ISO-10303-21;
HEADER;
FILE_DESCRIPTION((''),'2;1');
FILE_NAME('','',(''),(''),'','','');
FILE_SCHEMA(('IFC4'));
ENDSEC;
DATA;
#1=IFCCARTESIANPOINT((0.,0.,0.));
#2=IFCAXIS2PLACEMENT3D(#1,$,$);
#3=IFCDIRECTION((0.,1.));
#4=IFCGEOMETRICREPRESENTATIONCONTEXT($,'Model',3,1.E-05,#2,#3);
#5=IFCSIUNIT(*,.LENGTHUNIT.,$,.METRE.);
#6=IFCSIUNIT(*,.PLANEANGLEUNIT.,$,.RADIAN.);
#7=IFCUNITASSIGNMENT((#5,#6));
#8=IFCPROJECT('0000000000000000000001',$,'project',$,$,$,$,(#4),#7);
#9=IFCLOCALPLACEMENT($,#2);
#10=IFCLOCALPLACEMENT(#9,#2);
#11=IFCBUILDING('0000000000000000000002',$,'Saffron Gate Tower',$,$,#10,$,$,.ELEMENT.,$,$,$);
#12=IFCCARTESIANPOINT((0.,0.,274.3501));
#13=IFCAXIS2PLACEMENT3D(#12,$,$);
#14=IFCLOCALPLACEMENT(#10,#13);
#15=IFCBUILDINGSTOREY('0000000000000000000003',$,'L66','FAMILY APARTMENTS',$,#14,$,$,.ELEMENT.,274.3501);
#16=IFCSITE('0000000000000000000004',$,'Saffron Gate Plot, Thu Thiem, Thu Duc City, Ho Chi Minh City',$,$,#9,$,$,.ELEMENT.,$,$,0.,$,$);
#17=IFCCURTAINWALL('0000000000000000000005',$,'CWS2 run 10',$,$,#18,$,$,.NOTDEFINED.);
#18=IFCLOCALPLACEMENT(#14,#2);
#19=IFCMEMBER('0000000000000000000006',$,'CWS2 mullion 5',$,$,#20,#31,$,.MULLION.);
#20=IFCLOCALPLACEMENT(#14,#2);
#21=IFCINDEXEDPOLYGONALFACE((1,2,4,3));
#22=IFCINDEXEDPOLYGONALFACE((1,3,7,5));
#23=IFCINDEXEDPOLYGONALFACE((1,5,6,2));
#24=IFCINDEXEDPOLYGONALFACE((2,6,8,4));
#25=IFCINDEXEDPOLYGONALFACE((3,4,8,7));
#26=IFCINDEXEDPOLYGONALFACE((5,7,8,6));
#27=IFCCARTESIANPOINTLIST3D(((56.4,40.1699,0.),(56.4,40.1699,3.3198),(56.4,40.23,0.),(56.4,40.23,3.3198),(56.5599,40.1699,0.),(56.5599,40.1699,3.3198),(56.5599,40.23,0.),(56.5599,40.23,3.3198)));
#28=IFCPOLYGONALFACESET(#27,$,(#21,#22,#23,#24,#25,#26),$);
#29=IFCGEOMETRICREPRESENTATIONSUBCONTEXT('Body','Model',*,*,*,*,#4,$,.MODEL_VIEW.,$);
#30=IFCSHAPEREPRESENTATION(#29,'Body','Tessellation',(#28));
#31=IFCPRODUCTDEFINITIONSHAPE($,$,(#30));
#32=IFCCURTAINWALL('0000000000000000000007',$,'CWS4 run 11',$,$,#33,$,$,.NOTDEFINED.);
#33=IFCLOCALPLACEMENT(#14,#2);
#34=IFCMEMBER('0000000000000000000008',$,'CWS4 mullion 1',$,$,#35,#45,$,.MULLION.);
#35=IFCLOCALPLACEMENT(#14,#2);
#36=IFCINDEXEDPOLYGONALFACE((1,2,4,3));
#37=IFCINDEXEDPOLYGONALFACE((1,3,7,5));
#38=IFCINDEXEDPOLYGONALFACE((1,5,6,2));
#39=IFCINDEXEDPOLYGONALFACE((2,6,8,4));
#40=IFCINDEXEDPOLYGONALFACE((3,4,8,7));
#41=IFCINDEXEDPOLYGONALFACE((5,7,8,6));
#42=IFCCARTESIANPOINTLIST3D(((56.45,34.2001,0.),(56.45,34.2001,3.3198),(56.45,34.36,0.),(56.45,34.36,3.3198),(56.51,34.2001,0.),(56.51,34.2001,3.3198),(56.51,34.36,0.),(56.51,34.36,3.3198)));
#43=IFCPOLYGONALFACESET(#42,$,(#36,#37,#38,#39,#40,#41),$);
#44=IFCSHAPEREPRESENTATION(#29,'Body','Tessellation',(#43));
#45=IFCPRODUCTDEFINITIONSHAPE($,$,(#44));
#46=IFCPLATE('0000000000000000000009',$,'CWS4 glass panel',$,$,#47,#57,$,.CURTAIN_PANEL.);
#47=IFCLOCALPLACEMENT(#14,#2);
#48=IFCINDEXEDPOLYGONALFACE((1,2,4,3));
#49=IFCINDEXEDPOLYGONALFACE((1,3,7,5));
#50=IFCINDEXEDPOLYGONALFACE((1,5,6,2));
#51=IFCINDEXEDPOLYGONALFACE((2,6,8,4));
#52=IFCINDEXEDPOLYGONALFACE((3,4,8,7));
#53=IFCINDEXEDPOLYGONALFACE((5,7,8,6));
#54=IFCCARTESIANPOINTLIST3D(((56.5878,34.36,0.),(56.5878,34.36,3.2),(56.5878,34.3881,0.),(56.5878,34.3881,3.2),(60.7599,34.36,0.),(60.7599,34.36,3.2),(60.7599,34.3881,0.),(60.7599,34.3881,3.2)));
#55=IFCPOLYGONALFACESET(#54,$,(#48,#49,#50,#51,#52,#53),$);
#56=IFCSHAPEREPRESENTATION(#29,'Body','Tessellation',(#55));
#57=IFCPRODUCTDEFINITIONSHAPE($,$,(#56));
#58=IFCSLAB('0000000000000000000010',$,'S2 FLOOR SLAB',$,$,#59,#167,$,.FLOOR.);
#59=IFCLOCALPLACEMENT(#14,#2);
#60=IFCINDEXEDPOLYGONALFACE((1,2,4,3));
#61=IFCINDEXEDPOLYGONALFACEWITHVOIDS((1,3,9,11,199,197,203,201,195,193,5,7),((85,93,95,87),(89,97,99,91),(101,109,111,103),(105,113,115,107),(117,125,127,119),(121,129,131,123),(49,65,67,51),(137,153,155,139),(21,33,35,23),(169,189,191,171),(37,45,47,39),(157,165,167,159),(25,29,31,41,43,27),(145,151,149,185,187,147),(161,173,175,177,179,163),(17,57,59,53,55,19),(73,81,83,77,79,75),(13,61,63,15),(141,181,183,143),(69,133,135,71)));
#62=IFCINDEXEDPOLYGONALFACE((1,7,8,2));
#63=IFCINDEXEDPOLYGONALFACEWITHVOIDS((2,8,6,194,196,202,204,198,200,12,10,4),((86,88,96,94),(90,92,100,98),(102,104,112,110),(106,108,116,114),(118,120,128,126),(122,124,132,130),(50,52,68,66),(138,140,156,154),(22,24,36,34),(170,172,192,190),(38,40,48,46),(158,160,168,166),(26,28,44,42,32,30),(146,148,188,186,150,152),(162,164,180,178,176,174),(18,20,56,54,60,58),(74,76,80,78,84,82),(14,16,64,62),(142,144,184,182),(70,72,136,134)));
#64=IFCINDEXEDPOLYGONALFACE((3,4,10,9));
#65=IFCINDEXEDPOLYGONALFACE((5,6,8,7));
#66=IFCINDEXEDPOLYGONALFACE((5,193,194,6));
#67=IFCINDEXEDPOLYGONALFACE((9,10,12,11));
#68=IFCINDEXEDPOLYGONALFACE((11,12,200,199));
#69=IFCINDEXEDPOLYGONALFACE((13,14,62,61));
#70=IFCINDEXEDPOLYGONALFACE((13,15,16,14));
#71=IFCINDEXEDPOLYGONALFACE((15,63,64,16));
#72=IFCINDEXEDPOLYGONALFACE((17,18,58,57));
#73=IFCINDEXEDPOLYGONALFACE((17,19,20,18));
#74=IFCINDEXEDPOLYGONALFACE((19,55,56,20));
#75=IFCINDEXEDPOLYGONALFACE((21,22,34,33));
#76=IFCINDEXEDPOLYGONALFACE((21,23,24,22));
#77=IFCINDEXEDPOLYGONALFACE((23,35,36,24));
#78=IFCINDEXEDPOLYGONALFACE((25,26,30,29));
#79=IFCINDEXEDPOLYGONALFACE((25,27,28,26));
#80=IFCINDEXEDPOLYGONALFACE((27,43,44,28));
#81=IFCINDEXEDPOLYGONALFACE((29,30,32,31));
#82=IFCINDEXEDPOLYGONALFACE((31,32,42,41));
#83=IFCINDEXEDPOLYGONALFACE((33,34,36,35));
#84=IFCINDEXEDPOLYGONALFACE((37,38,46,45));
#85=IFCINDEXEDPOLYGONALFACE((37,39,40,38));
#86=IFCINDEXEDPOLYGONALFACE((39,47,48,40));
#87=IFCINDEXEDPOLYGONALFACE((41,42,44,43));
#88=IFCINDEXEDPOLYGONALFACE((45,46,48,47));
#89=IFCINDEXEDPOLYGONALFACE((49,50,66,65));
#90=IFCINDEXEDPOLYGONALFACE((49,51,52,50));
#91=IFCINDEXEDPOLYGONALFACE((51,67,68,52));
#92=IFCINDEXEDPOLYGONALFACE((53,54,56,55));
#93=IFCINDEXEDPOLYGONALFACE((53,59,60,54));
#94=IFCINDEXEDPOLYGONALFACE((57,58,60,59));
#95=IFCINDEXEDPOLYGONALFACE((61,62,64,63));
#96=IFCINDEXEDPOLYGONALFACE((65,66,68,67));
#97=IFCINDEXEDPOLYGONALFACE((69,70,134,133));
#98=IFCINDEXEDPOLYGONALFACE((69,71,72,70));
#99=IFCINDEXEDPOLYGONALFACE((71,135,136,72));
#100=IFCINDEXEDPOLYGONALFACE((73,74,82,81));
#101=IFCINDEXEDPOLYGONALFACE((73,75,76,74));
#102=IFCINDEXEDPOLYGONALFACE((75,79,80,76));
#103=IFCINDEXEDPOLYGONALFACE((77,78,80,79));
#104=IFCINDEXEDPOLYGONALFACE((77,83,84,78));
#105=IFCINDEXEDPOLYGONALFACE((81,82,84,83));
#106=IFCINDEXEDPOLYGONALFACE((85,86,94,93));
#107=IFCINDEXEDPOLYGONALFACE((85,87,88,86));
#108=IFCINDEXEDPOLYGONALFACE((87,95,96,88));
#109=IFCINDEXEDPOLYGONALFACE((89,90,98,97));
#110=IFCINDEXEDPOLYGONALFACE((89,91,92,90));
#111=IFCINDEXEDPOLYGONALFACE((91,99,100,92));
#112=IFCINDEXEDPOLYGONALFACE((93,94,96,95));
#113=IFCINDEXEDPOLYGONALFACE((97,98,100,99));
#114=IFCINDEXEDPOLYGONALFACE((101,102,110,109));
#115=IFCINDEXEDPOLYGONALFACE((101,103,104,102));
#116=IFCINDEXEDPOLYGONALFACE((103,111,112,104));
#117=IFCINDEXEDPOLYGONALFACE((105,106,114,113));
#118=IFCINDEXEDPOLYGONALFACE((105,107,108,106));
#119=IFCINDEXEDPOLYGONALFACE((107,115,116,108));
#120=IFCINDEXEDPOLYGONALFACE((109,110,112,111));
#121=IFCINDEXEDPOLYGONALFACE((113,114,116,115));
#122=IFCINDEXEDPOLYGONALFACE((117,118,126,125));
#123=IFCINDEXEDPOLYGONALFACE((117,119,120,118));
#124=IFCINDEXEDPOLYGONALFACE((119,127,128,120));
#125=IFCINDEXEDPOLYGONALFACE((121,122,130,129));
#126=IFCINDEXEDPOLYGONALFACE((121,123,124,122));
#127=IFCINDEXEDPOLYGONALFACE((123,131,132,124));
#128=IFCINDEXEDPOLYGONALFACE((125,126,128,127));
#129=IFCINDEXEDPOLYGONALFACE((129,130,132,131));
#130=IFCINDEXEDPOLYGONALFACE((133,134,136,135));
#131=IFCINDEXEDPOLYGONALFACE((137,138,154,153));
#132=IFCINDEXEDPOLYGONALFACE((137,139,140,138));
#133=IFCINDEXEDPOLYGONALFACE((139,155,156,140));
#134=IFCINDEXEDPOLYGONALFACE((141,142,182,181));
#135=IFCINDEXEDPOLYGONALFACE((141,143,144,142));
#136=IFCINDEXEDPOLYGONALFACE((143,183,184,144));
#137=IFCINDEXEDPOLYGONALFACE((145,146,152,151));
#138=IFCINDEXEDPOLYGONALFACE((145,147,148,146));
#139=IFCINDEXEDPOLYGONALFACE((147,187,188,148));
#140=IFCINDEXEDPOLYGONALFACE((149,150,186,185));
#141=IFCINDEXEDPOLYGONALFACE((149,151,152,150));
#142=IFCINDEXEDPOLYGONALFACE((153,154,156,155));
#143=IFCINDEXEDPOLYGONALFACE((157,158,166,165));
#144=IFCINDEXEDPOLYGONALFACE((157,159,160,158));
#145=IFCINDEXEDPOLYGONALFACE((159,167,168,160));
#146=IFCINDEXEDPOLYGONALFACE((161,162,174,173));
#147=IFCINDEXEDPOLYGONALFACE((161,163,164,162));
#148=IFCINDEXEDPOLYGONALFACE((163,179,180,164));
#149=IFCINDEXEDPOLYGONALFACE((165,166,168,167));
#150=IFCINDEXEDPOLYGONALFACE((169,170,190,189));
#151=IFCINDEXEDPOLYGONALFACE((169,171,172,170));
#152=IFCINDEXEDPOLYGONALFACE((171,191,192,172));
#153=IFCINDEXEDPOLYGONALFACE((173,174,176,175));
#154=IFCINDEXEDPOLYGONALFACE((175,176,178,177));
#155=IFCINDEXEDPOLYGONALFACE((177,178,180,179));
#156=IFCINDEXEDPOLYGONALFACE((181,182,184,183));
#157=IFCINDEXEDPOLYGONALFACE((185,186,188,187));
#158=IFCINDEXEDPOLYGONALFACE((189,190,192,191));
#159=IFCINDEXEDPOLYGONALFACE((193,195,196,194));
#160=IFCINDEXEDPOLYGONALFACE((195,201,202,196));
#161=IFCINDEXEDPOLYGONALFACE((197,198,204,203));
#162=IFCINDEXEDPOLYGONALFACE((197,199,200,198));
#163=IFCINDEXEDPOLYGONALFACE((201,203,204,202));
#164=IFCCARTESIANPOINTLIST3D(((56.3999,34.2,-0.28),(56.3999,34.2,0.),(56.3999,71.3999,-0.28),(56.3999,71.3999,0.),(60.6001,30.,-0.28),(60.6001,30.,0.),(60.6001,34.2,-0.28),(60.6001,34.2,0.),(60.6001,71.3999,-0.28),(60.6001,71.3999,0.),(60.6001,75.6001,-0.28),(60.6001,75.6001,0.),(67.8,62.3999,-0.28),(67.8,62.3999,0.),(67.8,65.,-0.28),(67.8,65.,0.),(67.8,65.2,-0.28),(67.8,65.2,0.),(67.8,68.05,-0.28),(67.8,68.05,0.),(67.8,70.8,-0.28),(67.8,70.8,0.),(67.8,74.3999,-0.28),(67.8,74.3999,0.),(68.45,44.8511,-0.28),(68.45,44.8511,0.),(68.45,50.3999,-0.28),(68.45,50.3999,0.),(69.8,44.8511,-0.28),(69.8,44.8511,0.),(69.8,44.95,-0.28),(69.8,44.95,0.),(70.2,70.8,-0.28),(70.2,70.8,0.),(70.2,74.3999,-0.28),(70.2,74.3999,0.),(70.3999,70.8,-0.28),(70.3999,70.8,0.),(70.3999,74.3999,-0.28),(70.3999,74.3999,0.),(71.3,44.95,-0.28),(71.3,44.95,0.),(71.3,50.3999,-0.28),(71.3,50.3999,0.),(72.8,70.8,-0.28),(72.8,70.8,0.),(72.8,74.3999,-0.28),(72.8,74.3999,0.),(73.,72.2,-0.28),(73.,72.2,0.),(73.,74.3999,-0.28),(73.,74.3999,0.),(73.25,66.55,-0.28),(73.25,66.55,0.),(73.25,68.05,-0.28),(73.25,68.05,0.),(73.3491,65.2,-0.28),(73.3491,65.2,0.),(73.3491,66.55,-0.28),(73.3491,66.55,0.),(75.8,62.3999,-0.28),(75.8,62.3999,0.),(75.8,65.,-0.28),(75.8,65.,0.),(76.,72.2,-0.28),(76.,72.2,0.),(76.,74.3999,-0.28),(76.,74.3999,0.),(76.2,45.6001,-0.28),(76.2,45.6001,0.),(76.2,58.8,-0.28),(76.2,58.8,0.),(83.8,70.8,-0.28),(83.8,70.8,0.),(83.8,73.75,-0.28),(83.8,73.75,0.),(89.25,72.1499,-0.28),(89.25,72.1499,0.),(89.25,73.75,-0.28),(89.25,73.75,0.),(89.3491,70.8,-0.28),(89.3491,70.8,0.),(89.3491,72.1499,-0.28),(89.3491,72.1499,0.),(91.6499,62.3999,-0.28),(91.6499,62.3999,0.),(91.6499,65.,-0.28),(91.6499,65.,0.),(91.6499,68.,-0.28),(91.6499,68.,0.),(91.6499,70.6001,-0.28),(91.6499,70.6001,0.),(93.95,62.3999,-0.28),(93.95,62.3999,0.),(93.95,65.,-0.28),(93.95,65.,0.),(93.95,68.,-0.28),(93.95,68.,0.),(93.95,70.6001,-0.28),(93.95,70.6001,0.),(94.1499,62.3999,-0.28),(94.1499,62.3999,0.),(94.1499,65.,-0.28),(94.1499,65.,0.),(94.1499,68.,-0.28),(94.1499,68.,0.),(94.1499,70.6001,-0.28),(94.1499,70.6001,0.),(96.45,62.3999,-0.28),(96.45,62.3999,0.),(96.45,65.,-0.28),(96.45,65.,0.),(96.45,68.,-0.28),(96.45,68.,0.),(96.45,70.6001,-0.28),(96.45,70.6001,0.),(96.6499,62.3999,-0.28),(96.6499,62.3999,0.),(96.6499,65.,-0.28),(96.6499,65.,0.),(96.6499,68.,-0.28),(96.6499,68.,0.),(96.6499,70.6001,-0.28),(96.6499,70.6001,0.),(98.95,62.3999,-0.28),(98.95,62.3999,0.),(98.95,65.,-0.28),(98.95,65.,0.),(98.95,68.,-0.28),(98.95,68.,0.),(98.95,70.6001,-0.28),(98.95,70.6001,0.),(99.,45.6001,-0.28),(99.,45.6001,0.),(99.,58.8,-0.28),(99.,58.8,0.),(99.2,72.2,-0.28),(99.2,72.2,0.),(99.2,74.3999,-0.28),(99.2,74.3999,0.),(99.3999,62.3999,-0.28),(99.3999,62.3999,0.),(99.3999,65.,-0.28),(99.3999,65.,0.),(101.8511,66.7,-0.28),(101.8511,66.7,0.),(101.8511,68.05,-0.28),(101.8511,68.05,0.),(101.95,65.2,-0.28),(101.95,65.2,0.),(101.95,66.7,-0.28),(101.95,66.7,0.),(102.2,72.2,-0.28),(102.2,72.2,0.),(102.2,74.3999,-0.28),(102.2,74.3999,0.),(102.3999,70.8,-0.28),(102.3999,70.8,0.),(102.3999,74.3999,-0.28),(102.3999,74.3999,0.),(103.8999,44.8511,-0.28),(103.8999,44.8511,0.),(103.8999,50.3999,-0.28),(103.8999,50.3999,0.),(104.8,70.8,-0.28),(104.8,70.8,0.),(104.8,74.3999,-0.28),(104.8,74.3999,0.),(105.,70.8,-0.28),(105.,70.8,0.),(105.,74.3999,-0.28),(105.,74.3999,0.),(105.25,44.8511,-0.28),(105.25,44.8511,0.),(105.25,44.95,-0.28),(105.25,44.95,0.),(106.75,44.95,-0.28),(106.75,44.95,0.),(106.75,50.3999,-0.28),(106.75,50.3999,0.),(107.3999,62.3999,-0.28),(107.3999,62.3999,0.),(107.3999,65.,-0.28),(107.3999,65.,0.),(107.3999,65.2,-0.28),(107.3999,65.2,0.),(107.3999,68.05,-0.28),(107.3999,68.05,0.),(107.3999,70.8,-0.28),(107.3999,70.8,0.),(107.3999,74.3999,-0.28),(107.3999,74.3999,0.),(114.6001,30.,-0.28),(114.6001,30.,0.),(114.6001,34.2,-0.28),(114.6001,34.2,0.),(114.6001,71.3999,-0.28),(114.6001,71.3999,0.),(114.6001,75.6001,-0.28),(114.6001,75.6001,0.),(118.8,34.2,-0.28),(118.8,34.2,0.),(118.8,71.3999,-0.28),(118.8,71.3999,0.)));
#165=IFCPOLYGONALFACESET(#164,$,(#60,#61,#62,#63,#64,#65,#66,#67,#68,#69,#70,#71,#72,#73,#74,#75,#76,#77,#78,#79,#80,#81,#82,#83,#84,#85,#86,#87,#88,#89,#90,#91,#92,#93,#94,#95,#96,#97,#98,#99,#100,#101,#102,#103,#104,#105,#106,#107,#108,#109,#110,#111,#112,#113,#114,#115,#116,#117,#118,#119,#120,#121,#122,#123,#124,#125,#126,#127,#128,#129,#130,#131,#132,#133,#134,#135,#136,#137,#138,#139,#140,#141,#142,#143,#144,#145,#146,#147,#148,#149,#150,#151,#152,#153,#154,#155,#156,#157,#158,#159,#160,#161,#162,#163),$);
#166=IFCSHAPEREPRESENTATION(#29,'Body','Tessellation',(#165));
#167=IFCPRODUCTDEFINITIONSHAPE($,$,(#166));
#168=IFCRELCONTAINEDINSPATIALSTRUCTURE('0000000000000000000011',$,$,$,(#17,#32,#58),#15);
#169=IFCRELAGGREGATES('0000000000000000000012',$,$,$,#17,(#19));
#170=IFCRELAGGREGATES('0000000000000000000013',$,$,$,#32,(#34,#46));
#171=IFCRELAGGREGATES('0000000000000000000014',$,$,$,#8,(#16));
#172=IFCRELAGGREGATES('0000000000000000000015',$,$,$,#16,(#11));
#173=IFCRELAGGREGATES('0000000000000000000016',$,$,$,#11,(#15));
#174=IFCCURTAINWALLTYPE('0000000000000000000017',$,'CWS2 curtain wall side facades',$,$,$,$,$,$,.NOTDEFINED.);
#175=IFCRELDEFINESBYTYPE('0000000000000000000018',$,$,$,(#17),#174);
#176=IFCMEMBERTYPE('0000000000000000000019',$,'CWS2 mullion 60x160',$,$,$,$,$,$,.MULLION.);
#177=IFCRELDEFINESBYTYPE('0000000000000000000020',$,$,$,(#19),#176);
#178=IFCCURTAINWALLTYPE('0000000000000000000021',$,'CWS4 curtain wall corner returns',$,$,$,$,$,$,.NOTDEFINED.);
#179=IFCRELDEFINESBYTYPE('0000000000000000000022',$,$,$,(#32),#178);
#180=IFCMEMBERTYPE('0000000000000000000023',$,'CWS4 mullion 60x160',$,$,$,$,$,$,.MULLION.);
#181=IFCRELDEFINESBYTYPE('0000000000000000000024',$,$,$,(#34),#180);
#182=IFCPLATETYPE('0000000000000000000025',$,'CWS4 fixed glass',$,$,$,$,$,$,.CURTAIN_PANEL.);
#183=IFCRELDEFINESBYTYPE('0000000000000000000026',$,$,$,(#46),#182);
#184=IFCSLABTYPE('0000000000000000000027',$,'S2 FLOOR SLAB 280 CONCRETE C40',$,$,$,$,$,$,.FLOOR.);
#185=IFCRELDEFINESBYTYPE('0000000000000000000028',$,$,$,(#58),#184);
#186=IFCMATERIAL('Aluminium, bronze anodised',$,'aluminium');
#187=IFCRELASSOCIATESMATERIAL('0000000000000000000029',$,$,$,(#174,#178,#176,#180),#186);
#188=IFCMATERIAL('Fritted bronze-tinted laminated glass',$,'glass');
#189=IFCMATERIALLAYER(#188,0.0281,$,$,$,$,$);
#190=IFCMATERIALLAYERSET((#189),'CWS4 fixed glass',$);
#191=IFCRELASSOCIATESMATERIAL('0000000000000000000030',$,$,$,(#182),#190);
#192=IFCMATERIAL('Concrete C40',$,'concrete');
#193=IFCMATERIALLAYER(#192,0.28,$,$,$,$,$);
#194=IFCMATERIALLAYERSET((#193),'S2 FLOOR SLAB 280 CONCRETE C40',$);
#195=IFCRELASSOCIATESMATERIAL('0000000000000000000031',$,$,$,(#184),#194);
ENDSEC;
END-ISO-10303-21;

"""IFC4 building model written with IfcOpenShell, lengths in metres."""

from ifc_helpers import new_model, si_unit, direction, frame, frame_2d, origin, origin_2d, place, context, subcontext, project, spatial, polyline, rectangle, outline, extrude, material, layer, layer_set, material_profile, profile_set, type_object, element, aggregate, save


model = new_model("IFC4")

# Units and contexts
model_context = context("Model", 3, precision=1e-05, world=origin(), true_north=direction((0.0, 1.0)))
body_context = subcontext(model_context, "Body", "Model", "MODEL_VIEW")
ifc_project = project(units=[si_unit("LENGTHUNIT", "METRE"), si_unit("PLANEANGLEUNIT", "RADIAN")], contexts=[model_context])

# Site, building, storey
site_placement = place(None, origin())
site = spatial("IfcSite", under=ifc_project, at=site_placement, Name="Saffron Gate Plot, Thu Thiem, Thu Duc City, Ho Chi Minh City", CompositionType="ELEMENT", RefElevation=0.0)
building_placement = place(site_placement, origin())
building = spatial("IfcBuilding", under=site, at=building_placement, Name="Saffron Gate Tower", CompositionType="ELEMENT")
storey_placement = place(building_placement, frame((0.0, 0.0, 274.3501)))
storey = spatial("IfcBuildingStorey", under=building, at=storey_placement, Name="L66", Description="FAMILY APARTMENTS", CompositionType="ELEMENT", Elevation=274.3501)

# Curtain wall, member
ifc_material_1 = material(Name="Aluminium, bronze anodised", Category="aluminium")
curtain_wall_type_1 = type_object("IfcCurtainWallType", Name="CWS2 curtain wall side facades", PredefinedType="NOTDEFINED", material=ifc_material_1)
curtain_wall_1_placement = place(storey_placement, origin())
curtain_wall_1 = element("IfcCurtainWall", 1, at=curtain_wall_1_placement, inside=storey, type_object=curtain_wall_type_1, Name="CWS2 run 10", PredefinedType="NOTDEFINED")
ifc_material_profile_1 = material_profile(ifc_material_1, rectangle(XDim=0.1599, YDim=0.0601, at=origin_2d()))
ifc_profile_set_1 = profile_set([ifc_material_profile_1], Name="Aluminium, bronze anodised")
member_type_1 = type_object("IfcMemberType", Name="CWS2 mullion 60x160", PredefinedType="MULLION", material=ifc_profile_set_1)
member_1_placement = place(storey_placement, frame((56.48, 40.2, 0.0), z_axis=(0.0, 0.0, 1.0), x_axis=(1.0, 0.0, 0.0)))
member_1 = element("IfcMember", 2, at=member_1_placement, type_object=member_type_1, Name="CWS2 mullion 5", PredefinedType="MULLION", context=body_context, shape_type="SweptSolid", body=[
    extrude(rectangle(XDim=0.1599, YDim=0.0601, at=origin_2d()), origin(), (0.0, 0.0, 1.0), 3.3198),
])
aggregate(curtain_wall_1, [member_1])

# Curtain wall, member, plate
curtain_wall_type_2 = type_object("IfcCurtainWallType", Name="CWS4 curtain wall corner returns", PredefinedType="NOTDEFINED", material=ifc_material_1)
curtain_wall_2_placement = place(storey_placement, origin())
curtain_wall_2 = element("IfcCurtainWall", 3, at=curtain_wall_2_placement, inside=storey, type_object=curtain_wall_type_2, Name="CWS4 run 11", PredefinedType="NOTDEFINED")
ifc_material_profile_2 = material_profile(ifc_material_1, rectangle(XDim=0.1599, YDim=0.0601, at=origin_2d()))
ifc_profile_set_2 = profile_set([ifc_material_profile_2], Name="Aluminium, bronze anodised")
member_type_2 = type_object("IfcMemberType", Name="CWS4 mullion 60x160", PredefinedType="MULLION", material=ifc_profile_set_2)
member_2_placement = place(storey_placement, frame((56.48, 34.28, 0.0), z_axis=(0.0, 0.0, 1.0), x_axis=(0.0, 1.0, 0.0)))
member_2 = element("IfcMember", 4, at=member_2_placement, type_object=member_type_2, Name="CWS4 mullion 1", PredefinedType="MULLION", context=body_context, shape_type="SweptSolid", body=[
    extrude(rectangle(XDim=0.1599, YDim=0.0601, at=origin_2d()), origin(), (0.0, 0.0, 1.0), 3.3198),
])
ifc_material_2 = material(Name="Fritted bronze-tinted laminated glass", Category="glass")
ifc_layer_1 = layer(ifc_material_2, 0.0281)
ifc_layer_set_1 = layer_set([ifc_layer_1], Name="CWS4 fixed glass")
plate_type = type_object("IfcPlateType", Name="CWS4 fixed glass", PredefinedType="CURTAIN_PANEL", material=ifc_layer_set_1)
plate_placement = place(storey_placement, frame((56.5879, 34.374, 0.0), z_axis=(0.0, 0.0, 1.0), x_axis=(1.0, 0.0, 0.0)))
plate = element("IfcPlate", 5, at=plate_placement, type_object=plate_type, Name="CWS4 glass panel", PredefinedType="CURTAIN_PANEL", context=body_context, shape_type="SweptSolid", body=[
    extrude(rectangle(XDim=4.1721, YDim=0.0281, at=frame_2d((2.0859, 0.0))), origin(), (0.0, 0.0, 1.0), 3.2),
])
aggregate(curtain_wall_2, [member_2, plate])

# Slab
ifc_material_3 = material(Name="Concrete C40", Category="concrete")
ifc_layer_2 = layer(ifc_material_3, 0.28)
ifc_layer_set_2 = layer_set([ifc_layer_2], Name="S2 FLOOR SLAB 280 CONCRETE C40")
slab_type_1 = type_object("IfcSlabType", Name="S2 FLOOR SLAB 280 CONCRETE C40", PredefinedType="FLOOR", material=ifc_layer_set_2)
slab_1_placement = place(storey_placement, frame((0.0, 0.0, -0.28)))
element("IfcSlab", 6, at=slab_1_placement, inside=storey, type_object=slab_type_1, Name="S2 FLOOR SLAB", PredefinedType="FLOOR", context=body_context, shape_type="SweptSolid", body=[
    extrude(outline(polyline([(56.3999, 34.2), (60.6001, 34.2), (60.6001, 30.0), (114.6001, 30.0), (114.6001, 34.2), (118.8, 34.2), (118.8, 71.3999), (114.6001, 71.3999), (114.6001, 75.6001), (60.6001, 75.6001), (60.6001, 71.3999), (56.3999, 71.3999), (56.3999, 34.2)]), holes=[polyline([(67.8, 62.3999), (67.8, 65.0), (75.8, 65.0), (75.8, 62.3999), (67.8, 62.3999)]), polyline([(67.8, 65.2), (67.8, 68.05), (73.25, 68.05), (73.25, 66.55), (73.3491, 66.55), (73.3491, 65.2), (67.8, 65.2)]), polyline([(67.8, 70.8), (67.8, 74.3999), (70.2, 74.3999), (70.2, 70.8), (67.8, 70.8)]), polyline([(68.45, 44.8511), (68.45, 50.3999), (71.3, 50.3999), (71.3, 44.95), (69.8, 44.95), (69.8, 44.8511), (68.45, 44.8511)]), polyline([(70.3999, 70.8), (70.3999, 74.3999), (72.8, 74.3999), (72.8, 70.8), (70.3999, 70.8)]), polyline([(73.0, 72.2), (73.0, 74.3999), (76.0, 74.3999), (76.0, 72.2), (73.0, 72.2)]), polyline([(76.2, 45.6001), (76.2, 58.8), (99.0, 58.8), (99.0, 45.6001), (76.2, 45.6001)]), polyline([(83.8, 70.8), (83.8, 73.75), (89.25, 73.75), (89.25, 72.1499), (89.3491, 72.1499), (89.3491, 70.8), (83.8, 70.8)]), polyline([(91.6499, 62.3999), (91.6499, 65.0), (93.95, 65.0), (93.95, 62.3999), (91.6499, 62.3999)]), polyline([(91.6499, 68.0), (91.6499, 70.6001), (93.95, 70.6001), (93.95, 68.0), (91.6499, 68.0)]), polyline([(94.1499, 62.3999), (94.1499, 65.0), (96.45, 65.0), (96.45, 62.3999), (94.1499, 62.3999)]), polyline([(94.1499, 68.0), (94.1499, 70.6001), (96.45, 70.6001), (96.45, 68.0), (94.1499, 68.0)]), polyline([(96.6499, 62.3999), (96.6499, 65.0), (98.95, 65.0), (98.95, 62.3999), (96.6499, 62.3999)]), polyline([(96.6499, 68.0), (96.6499, 70.6001), (98.95, 70.6001), (98.95, 68.0), (96.6499, 68.0)]), polyline([(99.2, 72.2), (99.2, 74.3999), (102.2, 74.3999), (102.2, 72.2), (99.2, 72.2)]), polyline([(99.3999, 62.3999), (99.3999, 65.0), (107.3999, 65.0), (107.3999, 62.3999), (99.3999, 62.3999)]), polyline([(101.8511, 66.7), (101.8511, 68.05), (107.3999, 68.05), (107.3999, 65.2), (101.95, 65.2), (101.95, 66.7), (101.8511, 66.7)]), polyline([(102.3999, 70.8), (102.3999, 74.3999), (104.8, 74.3999), (104.8, 70.8), (102.3999, 70.8)]), polyline([(103.8999, 44.8511), (103.8999, 50.3999), (106.75, 50.3999), (106.75, 44.95), (105.25, 44.95), (105.25, 44.8511), (103.8999, 44.8511)]), polyline([(105.0, 70.8), (105.0, 74.3999), (107.3999, 74.3999), (107.3999, 70.8), (105.0, 70.8)])]), origin(), (0.0, 0.0, 1.0), 0.28),
])

save(model, "model.ifc")
